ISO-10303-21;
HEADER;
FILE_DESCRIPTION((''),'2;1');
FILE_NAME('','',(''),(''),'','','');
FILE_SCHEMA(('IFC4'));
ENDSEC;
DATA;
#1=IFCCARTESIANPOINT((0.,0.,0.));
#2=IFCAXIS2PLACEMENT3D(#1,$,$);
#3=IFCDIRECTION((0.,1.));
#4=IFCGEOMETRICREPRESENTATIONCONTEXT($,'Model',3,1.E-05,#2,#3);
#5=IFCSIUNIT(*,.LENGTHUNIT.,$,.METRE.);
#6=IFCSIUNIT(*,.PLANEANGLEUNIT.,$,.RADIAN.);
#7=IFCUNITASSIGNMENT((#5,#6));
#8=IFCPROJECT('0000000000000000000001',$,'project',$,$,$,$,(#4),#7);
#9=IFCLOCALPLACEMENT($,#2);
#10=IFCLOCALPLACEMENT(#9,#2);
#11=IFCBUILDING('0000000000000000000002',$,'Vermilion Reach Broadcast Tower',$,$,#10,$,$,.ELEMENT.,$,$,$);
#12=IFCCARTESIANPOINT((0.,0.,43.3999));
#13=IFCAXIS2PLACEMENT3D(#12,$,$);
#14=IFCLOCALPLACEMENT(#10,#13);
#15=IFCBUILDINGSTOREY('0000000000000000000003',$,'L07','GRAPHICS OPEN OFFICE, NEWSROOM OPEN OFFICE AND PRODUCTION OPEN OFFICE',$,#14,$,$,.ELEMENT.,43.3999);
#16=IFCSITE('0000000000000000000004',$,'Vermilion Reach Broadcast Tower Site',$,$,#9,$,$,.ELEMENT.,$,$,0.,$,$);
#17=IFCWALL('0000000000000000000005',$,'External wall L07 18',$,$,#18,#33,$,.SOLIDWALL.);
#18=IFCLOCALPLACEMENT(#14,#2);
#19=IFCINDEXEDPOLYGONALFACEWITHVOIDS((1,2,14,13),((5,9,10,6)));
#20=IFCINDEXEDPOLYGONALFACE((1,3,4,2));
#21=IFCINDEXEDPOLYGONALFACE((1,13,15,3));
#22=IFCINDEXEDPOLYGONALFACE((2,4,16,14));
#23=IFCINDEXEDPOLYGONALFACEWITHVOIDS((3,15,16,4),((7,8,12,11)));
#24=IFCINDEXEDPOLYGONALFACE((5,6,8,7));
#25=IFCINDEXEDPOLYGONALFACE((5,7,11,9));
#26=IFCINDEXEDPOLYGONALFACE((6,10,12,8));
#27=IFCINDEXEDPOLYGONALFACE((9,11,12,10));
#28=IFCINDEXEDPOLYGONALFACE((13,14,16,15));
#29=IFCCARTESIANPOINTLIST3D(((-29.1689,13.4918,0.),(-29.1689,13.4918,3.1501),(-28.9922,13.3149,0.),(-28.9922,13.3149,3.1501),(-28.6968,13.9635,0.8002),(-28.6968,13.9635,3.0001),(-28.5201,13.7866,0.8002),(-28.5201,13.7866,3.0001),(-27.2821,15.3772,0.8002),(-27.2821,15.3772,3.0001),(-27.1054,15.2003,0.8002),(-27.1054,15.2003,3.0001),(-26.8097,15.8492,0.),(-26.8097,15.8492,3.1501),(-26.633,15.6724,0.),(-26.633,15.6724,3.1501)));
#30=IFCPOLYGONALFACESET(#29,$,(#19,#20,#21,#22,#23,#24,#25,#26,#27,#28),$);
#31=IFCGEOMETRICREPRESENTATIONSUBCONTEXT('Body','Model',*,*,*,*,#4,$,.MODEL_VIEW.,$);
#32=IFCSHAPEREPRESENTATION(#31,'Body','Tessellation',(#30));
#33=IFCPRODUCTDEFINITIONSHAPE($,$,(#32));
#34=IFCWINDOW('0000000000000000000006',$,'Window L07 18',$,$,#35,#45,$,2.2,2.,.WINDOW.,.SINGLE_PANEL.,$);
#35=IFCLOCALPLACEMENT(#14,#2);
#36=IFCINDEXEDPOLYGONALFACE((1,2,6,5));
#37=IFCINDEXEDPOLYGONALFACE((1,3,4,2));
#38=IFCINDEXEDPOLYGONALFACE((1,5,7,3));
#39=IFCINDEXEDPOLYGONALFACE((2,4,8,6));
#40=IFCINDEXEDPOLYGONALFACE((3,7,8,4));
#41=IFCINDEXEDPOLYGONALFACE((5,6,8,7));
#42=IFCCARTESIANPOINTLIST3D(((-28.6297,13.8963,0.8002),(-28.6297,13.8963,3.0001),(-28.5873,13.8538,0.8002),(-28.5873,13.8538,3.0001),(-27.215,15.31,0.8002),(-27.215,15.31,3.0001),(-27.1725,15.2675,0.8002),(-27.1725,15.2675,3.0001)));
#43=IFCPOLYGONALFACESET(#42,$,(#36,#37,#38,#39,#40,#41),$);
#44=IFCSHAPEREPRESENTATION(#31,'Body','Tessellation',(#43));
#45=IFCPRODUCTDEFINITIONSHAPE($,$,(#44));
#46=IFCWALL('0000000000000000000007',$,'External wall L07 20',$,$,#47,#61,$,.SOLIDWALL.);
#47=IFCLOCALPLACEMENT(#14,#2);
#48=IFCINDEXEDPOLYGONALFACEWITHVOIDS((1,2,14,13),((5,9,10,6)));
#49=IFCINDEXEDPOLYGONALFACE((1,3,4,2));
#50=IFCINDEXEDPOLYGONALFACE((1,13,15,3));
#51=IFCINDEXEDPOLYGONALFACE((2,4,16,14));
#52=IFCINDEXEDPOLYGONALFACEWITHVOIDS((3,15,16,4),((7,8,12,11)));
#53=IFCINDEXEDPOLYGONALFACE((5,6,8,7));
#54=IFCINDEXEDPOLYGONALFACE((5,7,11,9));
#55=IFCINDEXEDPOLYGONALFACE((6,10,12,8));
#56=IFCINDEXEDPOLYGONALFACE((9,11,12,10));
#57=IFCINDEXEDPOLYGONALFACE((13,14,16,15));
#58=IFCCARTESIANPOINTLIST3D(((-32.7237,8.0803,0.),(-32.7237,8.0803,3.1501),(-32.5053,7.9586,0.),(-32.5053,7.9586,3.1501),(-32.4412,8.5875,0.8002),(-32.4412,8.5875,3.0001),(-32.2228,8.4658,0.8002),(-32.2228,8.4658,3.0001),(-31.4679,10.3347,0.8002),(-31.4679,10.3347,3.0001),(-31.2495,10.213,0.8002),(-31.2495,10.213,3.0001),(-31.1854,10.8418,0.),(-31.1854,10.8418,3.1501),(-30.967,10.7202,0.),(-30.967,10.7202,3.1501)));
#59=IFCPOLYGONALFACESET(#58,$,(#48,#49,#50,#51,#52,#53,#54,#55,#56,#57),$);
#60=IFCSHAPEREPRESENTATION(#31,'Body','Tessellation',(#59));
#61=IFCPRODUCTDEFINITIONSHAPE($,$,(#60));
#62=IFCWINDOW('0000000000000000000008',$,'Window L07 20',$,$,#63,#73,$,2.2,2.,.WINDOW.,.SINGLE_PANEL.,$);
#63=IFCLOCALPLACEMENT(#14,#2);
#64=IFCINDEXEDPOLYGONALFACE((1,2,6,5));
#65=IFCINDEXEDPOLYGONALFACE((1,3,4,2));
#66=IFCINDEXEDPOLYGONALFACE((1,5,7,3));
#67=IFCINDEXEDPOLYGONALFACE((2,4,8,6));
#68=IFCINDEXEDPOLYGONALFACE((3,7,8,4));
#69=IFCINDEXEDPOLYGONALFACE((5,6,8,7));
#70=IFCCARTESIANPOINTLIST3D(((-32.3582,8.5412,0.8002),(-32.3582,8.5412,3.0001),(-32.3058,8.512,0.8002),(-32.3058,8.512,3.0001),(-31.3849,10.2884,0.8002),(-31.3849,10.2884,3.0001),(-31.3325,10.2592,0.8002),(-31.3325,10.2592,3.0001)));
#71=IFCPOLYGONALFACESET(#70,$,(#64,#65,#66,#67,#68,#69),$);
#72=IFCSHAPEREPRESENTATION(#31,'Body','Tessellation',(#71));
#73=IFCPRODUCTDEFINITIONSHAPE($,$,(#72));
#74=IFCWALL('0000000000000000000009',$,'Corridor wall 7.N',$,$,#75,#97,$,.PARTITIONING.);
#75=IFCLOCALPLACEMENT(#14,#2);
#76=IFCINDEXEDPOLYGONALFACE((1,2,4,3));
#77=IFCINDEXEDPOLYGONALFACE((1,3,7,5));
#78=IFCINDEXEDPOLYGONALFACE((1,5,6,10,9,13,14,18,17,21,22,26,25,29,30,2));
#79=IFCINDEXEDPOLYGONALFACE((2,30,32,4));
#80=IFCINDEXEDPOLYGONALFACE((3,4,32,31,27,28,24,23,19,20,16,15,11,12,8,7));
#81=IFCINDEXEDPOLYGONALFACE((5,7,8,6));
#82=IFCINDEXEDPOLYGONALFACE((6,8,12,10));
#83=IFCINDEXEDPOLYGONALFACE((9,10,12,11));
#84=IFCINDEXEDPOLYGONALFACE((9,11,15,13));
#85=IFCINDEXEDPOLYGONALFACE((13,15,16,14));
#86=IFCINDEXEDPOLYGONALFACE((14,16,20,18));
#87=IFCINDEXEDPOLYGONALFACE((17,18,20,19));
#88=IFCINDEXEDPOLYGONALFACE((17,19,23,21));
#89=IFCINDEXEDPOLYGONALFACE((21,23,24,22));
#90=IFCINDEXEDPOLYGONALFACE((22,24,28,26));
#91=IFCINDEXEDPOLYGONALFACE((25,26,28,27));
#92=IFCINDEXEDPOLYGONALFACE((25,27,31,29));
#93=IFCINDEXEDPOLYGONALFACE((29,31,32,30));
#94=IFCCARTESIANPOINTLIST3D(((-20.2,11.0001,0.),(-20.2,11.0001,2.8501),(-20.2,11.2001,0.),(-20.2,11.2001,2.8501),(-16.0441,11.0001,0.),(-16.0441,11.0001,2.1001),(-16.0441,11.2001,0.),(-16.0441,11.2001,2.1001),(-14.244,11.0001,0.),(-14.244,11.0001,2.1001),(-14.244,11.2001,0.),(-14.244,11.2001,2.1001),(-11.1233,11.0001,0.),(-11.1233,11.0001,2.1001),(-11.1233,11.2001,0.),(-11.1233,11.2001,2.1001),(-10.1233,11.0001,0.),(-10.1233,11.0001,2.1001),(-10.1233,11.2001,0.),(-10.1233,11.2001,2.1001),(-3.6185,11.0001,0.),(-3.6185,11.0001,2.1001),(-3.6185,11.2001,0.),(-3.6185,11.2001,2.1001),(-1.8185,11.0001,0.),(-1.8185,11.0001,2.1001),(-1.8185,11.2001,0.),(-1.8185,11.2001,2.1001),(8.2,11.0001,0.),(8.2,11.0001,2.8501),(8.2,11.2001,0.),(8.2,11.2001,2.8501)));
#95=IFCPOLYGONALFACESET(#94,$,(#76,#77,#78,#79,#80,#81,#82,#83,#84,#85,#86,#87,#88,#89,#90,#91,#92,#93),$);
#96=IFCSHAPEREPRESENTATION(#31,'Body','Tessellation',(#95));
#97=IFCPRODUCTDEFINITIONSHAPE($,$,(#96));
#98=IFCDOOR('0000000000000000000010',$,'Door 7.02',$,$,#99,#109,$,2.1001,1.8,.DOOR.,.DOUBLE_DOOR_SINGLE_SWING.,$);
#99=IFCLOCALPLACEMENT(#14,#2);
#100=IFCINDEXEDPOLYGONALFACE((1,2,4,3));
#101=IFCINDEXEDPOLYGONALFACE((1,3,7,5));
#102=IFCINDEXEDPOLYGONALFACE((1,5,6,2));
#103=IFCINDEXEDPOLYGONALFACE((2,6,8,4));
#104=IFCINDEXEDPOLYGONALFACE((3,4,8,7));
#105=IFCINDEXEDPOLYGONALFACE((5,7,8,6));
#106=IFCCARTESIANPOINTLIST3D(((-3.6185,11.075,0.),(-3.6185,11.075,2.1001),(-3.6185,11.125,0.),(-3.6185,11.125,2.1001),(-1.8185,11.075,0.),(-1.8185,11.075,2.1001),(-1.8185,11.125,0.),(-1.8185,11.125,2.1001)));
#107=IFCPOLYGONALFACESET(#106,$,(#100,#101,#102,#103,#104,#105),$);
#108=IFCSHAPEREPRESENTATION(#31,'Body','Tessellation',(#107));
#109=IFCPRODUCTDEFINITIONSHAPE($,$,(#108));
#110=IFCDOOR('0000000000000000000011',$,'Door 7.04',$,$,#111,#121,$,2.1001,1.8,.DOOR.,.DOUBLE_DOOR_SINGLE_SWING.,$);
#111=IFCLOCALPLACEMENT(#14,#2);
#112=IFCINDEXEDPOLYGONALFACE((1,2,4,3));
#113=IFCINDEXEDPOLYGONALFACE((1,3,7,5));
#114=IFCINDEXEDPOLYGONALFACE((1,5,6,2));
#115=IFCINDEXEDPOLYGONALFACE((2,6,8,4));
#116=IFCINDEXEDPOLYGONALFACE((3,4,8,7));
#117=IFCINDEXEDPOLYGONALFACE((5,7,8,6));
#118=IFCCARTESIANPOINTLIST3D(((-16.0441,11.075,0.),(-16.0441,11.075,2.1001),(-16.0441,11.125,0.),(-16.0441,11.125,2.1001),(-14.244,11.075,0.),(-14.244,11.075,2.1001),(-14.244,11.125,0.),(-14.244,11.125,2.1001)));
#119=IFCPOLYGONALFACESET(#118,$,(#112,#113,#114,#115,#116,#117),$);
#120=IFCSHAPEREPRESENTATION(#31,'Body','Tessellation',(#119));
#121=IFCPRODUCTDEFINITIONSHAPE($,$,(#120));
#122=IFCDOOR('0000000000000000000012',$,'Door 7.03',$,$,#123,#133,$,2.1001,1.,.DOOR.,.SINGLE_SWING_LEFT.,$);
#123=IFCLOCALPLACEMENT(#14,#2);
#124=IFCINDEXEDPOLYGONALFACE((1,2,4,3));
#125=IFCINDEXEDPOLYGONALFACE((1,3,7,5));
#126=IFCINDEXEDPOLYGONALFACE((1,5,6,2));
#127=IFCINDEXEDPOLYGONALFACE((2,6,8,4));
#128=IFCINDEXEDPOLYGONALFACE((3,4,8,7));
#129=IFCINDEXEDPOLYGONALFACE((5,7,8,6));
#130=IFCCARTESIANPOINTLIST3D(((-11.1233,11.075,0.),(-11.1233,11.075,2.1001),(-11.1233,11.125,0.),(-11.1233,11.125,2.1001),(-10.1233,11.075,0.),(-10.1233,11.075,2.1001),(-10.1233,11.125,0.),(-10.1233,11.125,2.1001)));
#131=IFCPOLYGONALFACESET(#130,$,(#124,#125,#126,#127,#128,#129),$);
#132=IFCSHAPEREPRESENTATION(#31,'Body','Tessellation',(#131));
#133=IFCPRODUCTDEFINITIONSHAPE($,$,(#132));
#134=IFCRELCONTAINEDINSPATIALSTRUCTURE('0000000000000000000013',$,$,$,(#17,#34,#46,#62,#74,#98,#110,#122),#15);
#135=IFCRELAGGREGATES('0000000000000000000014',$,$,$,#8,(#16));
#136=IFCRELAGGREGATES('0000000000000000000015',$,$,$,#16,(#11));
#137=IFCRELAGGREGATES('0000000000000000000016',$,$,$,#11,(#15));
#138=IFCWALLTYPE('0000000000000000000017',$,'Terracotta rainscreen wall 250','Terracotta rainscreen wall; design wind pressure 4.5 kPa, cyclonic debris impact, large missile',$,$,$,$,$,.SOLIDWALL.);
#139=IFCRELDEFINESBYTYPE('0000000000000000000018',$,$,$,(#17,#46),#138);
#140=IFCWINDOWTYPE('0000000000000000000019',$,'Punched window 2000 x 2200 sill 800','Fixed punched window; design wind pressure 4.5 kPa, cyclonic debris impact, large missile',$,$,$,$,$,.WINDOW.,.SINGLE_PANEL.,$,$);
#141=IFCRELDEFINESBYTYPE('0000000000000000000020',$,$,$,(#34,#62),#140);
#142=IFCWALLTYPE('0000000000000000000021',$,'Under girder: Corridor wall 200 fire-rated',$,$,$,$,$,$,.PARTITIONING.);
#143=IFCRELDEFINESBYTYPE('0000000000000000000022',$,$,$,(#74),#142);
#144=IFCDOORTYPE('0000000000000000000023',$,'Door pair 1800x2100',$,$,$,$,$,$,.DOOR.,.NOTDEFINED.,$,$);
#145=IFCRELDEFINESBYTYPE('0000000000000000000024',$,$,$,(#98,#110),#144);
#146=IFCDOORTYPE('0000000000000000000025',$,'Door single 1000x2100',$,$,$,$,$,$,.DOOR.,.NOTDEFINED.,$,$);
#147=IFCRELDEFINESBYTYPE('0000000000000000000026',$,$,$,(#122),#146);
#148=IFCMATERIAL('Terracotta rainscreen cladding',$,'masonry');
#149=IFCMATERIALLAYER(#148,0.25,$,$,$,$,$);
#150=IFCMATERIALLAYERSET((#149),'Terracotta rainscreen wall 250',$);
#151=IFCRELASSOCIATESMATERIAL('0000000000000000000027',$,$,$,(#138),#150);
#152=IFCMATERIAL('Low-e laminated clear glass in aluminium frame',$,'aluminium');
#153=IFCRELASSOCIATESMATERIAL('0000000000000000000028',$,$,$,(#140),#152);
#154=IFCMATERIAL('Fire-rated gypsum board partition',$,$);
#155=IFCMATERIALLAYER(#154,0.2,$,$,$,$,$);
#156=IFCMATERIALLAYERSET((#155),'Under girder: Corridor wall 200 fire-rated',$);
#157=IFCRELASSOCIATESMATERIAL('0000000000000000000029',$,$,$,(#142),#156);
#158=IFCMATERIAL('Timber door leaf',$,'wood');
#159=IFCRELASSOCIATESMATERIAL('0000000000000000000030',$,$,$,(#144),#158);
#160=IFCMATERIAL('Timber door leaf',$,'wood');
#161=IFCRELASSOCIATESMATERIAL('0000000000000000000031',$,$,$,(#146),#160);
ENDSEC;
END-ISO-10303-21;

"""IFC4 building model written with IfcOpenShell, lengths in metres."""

from ifc_helpers import new_model, si_unit, direction, frame, frame_2d, origin, place, context, subcontext, project, spatial, rectangle, extrude, material, layer, layer_set, type_object, element, fill, save


model = new_model("IFC4")

# Units and contexts
model_context = context("Model", 3, precision=1e-05, world=origin(), true_north=direction((0.0, 1.0)))
body_context = subcontext(model_context, "Body", "Model", "MODEL_VIEW")
ifc_project = project(units=[si_unit("LENGTHUNIT", "METRE"), si_unit("PLANEANGLEUNIT", "RADIAN")], contexts=[model_context])

# Site, building, storey
site_placement = place(None, origin())
site = spatial("IfcSite", under=ifc_project, at=site_placement, Name="Vermilion Reach Broadcast Tower Site", CompositionType="ELEMENT", RefElevation=0.0)
building_placement = place(site_placement, origin())
building = spatial("IfcBuilding", under=site, at=building_placement, Name="Vermilion Reach Broadcast Tower", CompositionType="ELEMENT")
storey_placement = place(building_placement, frame((0.0, 0.0, 43.3999)))
storey = spatial("IfcBuildingStorey", under=building, at=storey_placement, Name="L07", Description="GRAPHICS OPEN OFFICE, NEWSROOM OPEN OFFICE AND PRODUCTION OPEN OFFICE", CompositionType="ELEMENT", Elevation=43.3999)

# Shared definitions
ifc_material_1 = material(Name="Terracotta rainscreen cladding", Category="masonry")
ifc_layer_1 = layer(ifc_material_1, 0.25)
ifc_layer_set_1 = layer_set([ifc_layer_1], Name="Terracotta rainscreen wall 250")
wall_type_1 = type_object("IfcWallType", Name="Terracotta rainscreen wall 250", Description="Terracotta rainscreen wall; design wind pressure 4.5 kPa, cyclonic debris impact, large missile", PredefinedType="SOLIDWALL", material=ifc_layer_set_1)

# Wall, opening, window
ifc_material_2 = material(Name="Low-e laminated clear glass in aluminium frame", Category="aluminium")
window_type = type_object("IfcWindowType", Name="Punched window 2000 x 2200 sill 800", Description="Fixed punched window; design wind pressure 4.5 kPa, cyclonic debris impact, large missile", PartitioningType="SINGLE_PANEL", PredefinedType="WINDOW", material=ifc_material_2)
wall_1_placement = place(storey_placement, frame((-26.7214, 15.7607, 0.0), z_axis=(0.0, 0.0, 1.0), x_axis=(-0.707363, -0.706851, 0.0)))
wall_1 = element("IfcWall", 1, at=wall_1_placement, inside=storey, type_object=wall_type_1, Name="External wall L07 18", PredefinedType="SOLIDWALL", context=body_context, shape_type="SweptSolid", body=[
    extrude(rectangle(XDim=3.3352, YDim=0.25, at=frame_2d((1.6675, 0.0))), origin(), (0.0, 0.0, 1.0), 3.1501),
])
opening_1_placement = place(wall_1_placement, frame((0.6677, 0.0, 0.8)))
opening_1 = element("IfcOpeningElement", 2, at=opening_1_placement, cuts=wall_1, PredefinedType="OPENING", context=body_context, shape_type="SweptSolid", body=[
    extrude(rectangle(XDim=2.0, YDim=2.2, at=frame_2d((1.0, 1.1001))), frame((0.0, 0.135, 0.0), z_axis=(0.0, -1.0, 0.0), x_axis=(1.0, 0.0, 0.0)), (0.0, 0.0, 1.0), 0.27),
])
window_1_placement = place(opening_1_placement, origin())
window_1 = element("IfcWindow", 3, at=window_1_placement, inside=storey, type_object=window_type, Name="Window L07 18", OverallHeight=2.2, OverallWidth=2.0, PartitioningType="SINGLE_PANEL", PredefinedType="WINDOW", context=body_context, shape_type="SweptSolid", body=[
    extrude(rectangle(XDim=2.0, YDim=2.2, at=frame_2d((1.0, 1.1001))), frame((0.0, 0.03, 0.0), z_axis=(0.0, -1.0, 0.0), x_axis=(1.0, 0.0, 0.0)), (0.0, 0.0, 1.0), 0.0601),
])
fill(opening_1, window_1)

# Wall, opening, window
wall_2_placement = place(storey_placement, frame((-31.0762, 10.781, 0.0), z_axis=(0.0, 0.0, 1.0), x_axis=(-0.486652, -0.873596, 0.0)))
wall_2 = element("IfcWall", 4, at=wall_2_placement, inside=storey, type_object=wall_type_1, Name="External wall L07 20", PredefinedType="SOLIDWALL", context=body_context, shape_type="SweptSolid", body=[
    extrude(rectangle(XDim=3.1611, YDim=0.25, at=frame_2d((1.5806, 0.0))), origin(), (0.0, 0.0, 1.0), 3.1501),
])
opening_2_placement = place(wall_2_placement, frame((0.5806, 0.0, 0.8)))
opening_2 = element("IfcOpeningElement", 5, at=opening_2_placement, cuts=wall_2, PredefinedType="OPENING", context=body_context, shape_type="SweptSolid", body=[
    extrude(rectangle(XDim=2.0, YDim=2.2, at=frame_2d((1.0, 1.1001))), frame((0.0, 0.135, 0.0), z_axis=(0.0, -1.0, 0.0), x_axis=(1.0, 0.0, 0.0)), (0.0, 0.0, 1.0), 0.27),
])
window_2_placement = place(opening_2_placement, origin())
window_2 = element("IfcWindow", 6, at=window_2_placement, inside=storey, type_object=window_type, Name="Window L07 20", OverallHeight=2.2, OverallWidth=2.0, PartitioningType="SINGLE_PANEL", PredefinedType="WINDOW", context=body_context, shape_type="SweptSolid", body=[
    extrude(rectangle(XDim=2.0, YDim=2.2, at=frame_2d((1.0, 1.1001))), frame((0.0, 0.03, 0.0), z_axis=(0.0, -1.0, 0.0), x_axis=(1.0, 0.0, 0.0)), (0.0, 0.0, 1.0), 0.0601),
])
fill(opening_2, window_2)

# Wall, openings, doors
ifc_material_3 = material(Name="Fire-rated gypsum board partition")
ifc_layer_2 = layer(ifc_material_3, 0.2)
ifc_layer_set_2 = layer_set([ifc_layer_2], Name="Under girder: Corridor wall 200 fire-rated")
wall_type_2 = type_object("IfcWallType", Name="Under girder: Corridor wall 200 fire-rated", PredefinedType="PARTITIONING", material=ifc_layer_set_2)
wall_3_placement = place(storey_placement, frame((-20.2, 11.1001, 0.0), z_axis=(0.0, 0.0, 1.0), x_axis=(1.0, 0.0, 0.0)))
wall_3 = element("IfcWall", 7, at=wall_3_placement, inside=storey, type_object=wall_type_2, Name="Corridor wall 7.N", PredefinedType="PARTITIONING", context=body_context, shape_type="SweptSolid", body=[
    extrude(rectangle(XDim=28.3999, YDim=0.2, at=frame_2d((14.2, 0.0))), origin(), (0.0, 0.0, 1.0), 2.8501),
])
opening_3_placement = place(wall_3_placement, frame((16.5815, 0.0, 0.0)))
opening_3 = element("IfcOpeningElement", 8, at=opening_3_placement, cuts=wall_3, PredefinedType="OPENING", context=body_context, shape_type="SweptSolid", body=[
    extrude(rectangle(XDim=1.8, YDim=2.1001, at=frame_2d((0.8999, 1.05))), frame((0.0, 0.1099, 0.0), z_axis=(0.0, -1.0, 0.0), x_axis=(1.0, 0.0, 0.0)), (0.0, 0.0, 1.0), 0.22),
])
opening_4_placement = place(wall_3_placement, frame((9.0767, 0.0, 0.0)))
opening_4 = element("IfcOpeningElement", 9, at=opening_4_placement, cuts=wall_3, PredefinedType="OPENING", context=body_context, shape_type="SweptSolid", body=[
    extrude(rectangle(XDim=1.0, YDim=2.1001, at=frame_2d((0.5, 1.05))), frame((0.0, 0.1099, 0.0), z_axis=(0.0, -1.0, 0.0), x_axis=(1.0, 0.0, 0.0)), (0.0, 0.0, 1.0), 0.22),
])
opening_5_placement = place(wall_3_placement, frame((4.156, 0.0, 0.0)))
opening_5 = element("IfcOpeningElement", 10, at=opening_5_placement, cuts=wall_3, PredefinedType="OPENING", context=body_context, shape_type="SweptSolid", body=[
    extrude(rectangle(XDim=1.8, YDim=2.1001, at=frame_2d((0.8999, 1.05))), frame((0.0, 0.1099, 0.0), z_axis=(0.0, -1.0, 0.0), x_axis=(1.0, 0.0, 0.0)), (0.0, 0.0, 1.0), 0.22),
])
ifc_material_4 = material(Name="Timber door leaf", Category="wood")
door_type_1 = type_object("IfcDoorType", Name="Door pair 1800x2100", OperationType="NOTDEFINED", PredefinedType="DOOR", material=ifc_material_4)
door_1_placement = place(opening_3_placement, origin())
door_1 = element("IfcDoor", 11, at=door_1_placement, inside=storey, type_object=door_type_1, Name="Door 7.02", OperationType="DOUBLE_DOOR_SINGLE_SWING", OverallHeight=2.1001, OverallWidth=1.8, PredefinedType="DOOR", context=body_context, shape_type="SweptSolid", body=[
    extrude(rectangle(XDim=1.8, YDim=2.1001, at=frame_2d((0.8999, 1.05))), frame((0.0, 0.0249, 0.0), z_axis=(0.0, -1.0, 0.0), x_axis=(1.0, 0.0, 0.0)), (0.0, 0.0, 1.0), 0.05),
])
fill(opening_3, door_1)
door_2_placement = place(opening_5_placement, origin())
door_2 = element("IfcDoor", 12, at=door_2_placement, inside=storey, type_object=door_type_1, Name="Door 7.04", OperationType="DOUBLE_DOOR_SINGLE_SWING", OverallHeight=2.1001, OverallWidth=1.8, PredefinedType="DOOR", context=body_context, shape_type="SweptSolid", body=[
    extrude(rectangle(XDim=1.8, YDim=2.1001, at=frame_2d((0.8999, 1.05))), frame((0.0, 0.0249, 0.0), z_axis=(0.0, -1.0, 0.0), x_axis=(1.0, 0.0, 0.0)), (0.0, 0.0, 1.0), 0.05),
])
fill(opening_5, door_2)
ifc_material_5 = material(Name="Timber door leaf", Category="wood")
door_type_2 = type_object("IfcDoorType", Name="Door single 1000x2100", OperationType="NOTDEFINED", PredefinedType="DOOR", material=ifc_material_5)
door_3_placement = place(opening_4_placement, origin())
door_3 = element("IfcDoor", 13, at=door_3_placement, inside=storey, type_object=door_type_2, Name="Door 7.03", OperationType="SINGLE_SWING_LEFT", OverallHeight=2.1001, OverallWidth=1.0, PredefinedType="DOOR", context=body_context, shape_type="SweptSolid", body=[
    extrude(rectangle(XDim=1.0, YDim=2.1001, at=frame_2d((0.5, 1.05))), frame((0.0, 0.0249, 0.0), z_axis=(0.0, -1.0, 0.0), x_axis=(1.0, 0.0, 0.0)), (0.0, 0.0, 1.0), 0.05),
])
fill(opening_4, door_3)

save(model, "model.ifc")
